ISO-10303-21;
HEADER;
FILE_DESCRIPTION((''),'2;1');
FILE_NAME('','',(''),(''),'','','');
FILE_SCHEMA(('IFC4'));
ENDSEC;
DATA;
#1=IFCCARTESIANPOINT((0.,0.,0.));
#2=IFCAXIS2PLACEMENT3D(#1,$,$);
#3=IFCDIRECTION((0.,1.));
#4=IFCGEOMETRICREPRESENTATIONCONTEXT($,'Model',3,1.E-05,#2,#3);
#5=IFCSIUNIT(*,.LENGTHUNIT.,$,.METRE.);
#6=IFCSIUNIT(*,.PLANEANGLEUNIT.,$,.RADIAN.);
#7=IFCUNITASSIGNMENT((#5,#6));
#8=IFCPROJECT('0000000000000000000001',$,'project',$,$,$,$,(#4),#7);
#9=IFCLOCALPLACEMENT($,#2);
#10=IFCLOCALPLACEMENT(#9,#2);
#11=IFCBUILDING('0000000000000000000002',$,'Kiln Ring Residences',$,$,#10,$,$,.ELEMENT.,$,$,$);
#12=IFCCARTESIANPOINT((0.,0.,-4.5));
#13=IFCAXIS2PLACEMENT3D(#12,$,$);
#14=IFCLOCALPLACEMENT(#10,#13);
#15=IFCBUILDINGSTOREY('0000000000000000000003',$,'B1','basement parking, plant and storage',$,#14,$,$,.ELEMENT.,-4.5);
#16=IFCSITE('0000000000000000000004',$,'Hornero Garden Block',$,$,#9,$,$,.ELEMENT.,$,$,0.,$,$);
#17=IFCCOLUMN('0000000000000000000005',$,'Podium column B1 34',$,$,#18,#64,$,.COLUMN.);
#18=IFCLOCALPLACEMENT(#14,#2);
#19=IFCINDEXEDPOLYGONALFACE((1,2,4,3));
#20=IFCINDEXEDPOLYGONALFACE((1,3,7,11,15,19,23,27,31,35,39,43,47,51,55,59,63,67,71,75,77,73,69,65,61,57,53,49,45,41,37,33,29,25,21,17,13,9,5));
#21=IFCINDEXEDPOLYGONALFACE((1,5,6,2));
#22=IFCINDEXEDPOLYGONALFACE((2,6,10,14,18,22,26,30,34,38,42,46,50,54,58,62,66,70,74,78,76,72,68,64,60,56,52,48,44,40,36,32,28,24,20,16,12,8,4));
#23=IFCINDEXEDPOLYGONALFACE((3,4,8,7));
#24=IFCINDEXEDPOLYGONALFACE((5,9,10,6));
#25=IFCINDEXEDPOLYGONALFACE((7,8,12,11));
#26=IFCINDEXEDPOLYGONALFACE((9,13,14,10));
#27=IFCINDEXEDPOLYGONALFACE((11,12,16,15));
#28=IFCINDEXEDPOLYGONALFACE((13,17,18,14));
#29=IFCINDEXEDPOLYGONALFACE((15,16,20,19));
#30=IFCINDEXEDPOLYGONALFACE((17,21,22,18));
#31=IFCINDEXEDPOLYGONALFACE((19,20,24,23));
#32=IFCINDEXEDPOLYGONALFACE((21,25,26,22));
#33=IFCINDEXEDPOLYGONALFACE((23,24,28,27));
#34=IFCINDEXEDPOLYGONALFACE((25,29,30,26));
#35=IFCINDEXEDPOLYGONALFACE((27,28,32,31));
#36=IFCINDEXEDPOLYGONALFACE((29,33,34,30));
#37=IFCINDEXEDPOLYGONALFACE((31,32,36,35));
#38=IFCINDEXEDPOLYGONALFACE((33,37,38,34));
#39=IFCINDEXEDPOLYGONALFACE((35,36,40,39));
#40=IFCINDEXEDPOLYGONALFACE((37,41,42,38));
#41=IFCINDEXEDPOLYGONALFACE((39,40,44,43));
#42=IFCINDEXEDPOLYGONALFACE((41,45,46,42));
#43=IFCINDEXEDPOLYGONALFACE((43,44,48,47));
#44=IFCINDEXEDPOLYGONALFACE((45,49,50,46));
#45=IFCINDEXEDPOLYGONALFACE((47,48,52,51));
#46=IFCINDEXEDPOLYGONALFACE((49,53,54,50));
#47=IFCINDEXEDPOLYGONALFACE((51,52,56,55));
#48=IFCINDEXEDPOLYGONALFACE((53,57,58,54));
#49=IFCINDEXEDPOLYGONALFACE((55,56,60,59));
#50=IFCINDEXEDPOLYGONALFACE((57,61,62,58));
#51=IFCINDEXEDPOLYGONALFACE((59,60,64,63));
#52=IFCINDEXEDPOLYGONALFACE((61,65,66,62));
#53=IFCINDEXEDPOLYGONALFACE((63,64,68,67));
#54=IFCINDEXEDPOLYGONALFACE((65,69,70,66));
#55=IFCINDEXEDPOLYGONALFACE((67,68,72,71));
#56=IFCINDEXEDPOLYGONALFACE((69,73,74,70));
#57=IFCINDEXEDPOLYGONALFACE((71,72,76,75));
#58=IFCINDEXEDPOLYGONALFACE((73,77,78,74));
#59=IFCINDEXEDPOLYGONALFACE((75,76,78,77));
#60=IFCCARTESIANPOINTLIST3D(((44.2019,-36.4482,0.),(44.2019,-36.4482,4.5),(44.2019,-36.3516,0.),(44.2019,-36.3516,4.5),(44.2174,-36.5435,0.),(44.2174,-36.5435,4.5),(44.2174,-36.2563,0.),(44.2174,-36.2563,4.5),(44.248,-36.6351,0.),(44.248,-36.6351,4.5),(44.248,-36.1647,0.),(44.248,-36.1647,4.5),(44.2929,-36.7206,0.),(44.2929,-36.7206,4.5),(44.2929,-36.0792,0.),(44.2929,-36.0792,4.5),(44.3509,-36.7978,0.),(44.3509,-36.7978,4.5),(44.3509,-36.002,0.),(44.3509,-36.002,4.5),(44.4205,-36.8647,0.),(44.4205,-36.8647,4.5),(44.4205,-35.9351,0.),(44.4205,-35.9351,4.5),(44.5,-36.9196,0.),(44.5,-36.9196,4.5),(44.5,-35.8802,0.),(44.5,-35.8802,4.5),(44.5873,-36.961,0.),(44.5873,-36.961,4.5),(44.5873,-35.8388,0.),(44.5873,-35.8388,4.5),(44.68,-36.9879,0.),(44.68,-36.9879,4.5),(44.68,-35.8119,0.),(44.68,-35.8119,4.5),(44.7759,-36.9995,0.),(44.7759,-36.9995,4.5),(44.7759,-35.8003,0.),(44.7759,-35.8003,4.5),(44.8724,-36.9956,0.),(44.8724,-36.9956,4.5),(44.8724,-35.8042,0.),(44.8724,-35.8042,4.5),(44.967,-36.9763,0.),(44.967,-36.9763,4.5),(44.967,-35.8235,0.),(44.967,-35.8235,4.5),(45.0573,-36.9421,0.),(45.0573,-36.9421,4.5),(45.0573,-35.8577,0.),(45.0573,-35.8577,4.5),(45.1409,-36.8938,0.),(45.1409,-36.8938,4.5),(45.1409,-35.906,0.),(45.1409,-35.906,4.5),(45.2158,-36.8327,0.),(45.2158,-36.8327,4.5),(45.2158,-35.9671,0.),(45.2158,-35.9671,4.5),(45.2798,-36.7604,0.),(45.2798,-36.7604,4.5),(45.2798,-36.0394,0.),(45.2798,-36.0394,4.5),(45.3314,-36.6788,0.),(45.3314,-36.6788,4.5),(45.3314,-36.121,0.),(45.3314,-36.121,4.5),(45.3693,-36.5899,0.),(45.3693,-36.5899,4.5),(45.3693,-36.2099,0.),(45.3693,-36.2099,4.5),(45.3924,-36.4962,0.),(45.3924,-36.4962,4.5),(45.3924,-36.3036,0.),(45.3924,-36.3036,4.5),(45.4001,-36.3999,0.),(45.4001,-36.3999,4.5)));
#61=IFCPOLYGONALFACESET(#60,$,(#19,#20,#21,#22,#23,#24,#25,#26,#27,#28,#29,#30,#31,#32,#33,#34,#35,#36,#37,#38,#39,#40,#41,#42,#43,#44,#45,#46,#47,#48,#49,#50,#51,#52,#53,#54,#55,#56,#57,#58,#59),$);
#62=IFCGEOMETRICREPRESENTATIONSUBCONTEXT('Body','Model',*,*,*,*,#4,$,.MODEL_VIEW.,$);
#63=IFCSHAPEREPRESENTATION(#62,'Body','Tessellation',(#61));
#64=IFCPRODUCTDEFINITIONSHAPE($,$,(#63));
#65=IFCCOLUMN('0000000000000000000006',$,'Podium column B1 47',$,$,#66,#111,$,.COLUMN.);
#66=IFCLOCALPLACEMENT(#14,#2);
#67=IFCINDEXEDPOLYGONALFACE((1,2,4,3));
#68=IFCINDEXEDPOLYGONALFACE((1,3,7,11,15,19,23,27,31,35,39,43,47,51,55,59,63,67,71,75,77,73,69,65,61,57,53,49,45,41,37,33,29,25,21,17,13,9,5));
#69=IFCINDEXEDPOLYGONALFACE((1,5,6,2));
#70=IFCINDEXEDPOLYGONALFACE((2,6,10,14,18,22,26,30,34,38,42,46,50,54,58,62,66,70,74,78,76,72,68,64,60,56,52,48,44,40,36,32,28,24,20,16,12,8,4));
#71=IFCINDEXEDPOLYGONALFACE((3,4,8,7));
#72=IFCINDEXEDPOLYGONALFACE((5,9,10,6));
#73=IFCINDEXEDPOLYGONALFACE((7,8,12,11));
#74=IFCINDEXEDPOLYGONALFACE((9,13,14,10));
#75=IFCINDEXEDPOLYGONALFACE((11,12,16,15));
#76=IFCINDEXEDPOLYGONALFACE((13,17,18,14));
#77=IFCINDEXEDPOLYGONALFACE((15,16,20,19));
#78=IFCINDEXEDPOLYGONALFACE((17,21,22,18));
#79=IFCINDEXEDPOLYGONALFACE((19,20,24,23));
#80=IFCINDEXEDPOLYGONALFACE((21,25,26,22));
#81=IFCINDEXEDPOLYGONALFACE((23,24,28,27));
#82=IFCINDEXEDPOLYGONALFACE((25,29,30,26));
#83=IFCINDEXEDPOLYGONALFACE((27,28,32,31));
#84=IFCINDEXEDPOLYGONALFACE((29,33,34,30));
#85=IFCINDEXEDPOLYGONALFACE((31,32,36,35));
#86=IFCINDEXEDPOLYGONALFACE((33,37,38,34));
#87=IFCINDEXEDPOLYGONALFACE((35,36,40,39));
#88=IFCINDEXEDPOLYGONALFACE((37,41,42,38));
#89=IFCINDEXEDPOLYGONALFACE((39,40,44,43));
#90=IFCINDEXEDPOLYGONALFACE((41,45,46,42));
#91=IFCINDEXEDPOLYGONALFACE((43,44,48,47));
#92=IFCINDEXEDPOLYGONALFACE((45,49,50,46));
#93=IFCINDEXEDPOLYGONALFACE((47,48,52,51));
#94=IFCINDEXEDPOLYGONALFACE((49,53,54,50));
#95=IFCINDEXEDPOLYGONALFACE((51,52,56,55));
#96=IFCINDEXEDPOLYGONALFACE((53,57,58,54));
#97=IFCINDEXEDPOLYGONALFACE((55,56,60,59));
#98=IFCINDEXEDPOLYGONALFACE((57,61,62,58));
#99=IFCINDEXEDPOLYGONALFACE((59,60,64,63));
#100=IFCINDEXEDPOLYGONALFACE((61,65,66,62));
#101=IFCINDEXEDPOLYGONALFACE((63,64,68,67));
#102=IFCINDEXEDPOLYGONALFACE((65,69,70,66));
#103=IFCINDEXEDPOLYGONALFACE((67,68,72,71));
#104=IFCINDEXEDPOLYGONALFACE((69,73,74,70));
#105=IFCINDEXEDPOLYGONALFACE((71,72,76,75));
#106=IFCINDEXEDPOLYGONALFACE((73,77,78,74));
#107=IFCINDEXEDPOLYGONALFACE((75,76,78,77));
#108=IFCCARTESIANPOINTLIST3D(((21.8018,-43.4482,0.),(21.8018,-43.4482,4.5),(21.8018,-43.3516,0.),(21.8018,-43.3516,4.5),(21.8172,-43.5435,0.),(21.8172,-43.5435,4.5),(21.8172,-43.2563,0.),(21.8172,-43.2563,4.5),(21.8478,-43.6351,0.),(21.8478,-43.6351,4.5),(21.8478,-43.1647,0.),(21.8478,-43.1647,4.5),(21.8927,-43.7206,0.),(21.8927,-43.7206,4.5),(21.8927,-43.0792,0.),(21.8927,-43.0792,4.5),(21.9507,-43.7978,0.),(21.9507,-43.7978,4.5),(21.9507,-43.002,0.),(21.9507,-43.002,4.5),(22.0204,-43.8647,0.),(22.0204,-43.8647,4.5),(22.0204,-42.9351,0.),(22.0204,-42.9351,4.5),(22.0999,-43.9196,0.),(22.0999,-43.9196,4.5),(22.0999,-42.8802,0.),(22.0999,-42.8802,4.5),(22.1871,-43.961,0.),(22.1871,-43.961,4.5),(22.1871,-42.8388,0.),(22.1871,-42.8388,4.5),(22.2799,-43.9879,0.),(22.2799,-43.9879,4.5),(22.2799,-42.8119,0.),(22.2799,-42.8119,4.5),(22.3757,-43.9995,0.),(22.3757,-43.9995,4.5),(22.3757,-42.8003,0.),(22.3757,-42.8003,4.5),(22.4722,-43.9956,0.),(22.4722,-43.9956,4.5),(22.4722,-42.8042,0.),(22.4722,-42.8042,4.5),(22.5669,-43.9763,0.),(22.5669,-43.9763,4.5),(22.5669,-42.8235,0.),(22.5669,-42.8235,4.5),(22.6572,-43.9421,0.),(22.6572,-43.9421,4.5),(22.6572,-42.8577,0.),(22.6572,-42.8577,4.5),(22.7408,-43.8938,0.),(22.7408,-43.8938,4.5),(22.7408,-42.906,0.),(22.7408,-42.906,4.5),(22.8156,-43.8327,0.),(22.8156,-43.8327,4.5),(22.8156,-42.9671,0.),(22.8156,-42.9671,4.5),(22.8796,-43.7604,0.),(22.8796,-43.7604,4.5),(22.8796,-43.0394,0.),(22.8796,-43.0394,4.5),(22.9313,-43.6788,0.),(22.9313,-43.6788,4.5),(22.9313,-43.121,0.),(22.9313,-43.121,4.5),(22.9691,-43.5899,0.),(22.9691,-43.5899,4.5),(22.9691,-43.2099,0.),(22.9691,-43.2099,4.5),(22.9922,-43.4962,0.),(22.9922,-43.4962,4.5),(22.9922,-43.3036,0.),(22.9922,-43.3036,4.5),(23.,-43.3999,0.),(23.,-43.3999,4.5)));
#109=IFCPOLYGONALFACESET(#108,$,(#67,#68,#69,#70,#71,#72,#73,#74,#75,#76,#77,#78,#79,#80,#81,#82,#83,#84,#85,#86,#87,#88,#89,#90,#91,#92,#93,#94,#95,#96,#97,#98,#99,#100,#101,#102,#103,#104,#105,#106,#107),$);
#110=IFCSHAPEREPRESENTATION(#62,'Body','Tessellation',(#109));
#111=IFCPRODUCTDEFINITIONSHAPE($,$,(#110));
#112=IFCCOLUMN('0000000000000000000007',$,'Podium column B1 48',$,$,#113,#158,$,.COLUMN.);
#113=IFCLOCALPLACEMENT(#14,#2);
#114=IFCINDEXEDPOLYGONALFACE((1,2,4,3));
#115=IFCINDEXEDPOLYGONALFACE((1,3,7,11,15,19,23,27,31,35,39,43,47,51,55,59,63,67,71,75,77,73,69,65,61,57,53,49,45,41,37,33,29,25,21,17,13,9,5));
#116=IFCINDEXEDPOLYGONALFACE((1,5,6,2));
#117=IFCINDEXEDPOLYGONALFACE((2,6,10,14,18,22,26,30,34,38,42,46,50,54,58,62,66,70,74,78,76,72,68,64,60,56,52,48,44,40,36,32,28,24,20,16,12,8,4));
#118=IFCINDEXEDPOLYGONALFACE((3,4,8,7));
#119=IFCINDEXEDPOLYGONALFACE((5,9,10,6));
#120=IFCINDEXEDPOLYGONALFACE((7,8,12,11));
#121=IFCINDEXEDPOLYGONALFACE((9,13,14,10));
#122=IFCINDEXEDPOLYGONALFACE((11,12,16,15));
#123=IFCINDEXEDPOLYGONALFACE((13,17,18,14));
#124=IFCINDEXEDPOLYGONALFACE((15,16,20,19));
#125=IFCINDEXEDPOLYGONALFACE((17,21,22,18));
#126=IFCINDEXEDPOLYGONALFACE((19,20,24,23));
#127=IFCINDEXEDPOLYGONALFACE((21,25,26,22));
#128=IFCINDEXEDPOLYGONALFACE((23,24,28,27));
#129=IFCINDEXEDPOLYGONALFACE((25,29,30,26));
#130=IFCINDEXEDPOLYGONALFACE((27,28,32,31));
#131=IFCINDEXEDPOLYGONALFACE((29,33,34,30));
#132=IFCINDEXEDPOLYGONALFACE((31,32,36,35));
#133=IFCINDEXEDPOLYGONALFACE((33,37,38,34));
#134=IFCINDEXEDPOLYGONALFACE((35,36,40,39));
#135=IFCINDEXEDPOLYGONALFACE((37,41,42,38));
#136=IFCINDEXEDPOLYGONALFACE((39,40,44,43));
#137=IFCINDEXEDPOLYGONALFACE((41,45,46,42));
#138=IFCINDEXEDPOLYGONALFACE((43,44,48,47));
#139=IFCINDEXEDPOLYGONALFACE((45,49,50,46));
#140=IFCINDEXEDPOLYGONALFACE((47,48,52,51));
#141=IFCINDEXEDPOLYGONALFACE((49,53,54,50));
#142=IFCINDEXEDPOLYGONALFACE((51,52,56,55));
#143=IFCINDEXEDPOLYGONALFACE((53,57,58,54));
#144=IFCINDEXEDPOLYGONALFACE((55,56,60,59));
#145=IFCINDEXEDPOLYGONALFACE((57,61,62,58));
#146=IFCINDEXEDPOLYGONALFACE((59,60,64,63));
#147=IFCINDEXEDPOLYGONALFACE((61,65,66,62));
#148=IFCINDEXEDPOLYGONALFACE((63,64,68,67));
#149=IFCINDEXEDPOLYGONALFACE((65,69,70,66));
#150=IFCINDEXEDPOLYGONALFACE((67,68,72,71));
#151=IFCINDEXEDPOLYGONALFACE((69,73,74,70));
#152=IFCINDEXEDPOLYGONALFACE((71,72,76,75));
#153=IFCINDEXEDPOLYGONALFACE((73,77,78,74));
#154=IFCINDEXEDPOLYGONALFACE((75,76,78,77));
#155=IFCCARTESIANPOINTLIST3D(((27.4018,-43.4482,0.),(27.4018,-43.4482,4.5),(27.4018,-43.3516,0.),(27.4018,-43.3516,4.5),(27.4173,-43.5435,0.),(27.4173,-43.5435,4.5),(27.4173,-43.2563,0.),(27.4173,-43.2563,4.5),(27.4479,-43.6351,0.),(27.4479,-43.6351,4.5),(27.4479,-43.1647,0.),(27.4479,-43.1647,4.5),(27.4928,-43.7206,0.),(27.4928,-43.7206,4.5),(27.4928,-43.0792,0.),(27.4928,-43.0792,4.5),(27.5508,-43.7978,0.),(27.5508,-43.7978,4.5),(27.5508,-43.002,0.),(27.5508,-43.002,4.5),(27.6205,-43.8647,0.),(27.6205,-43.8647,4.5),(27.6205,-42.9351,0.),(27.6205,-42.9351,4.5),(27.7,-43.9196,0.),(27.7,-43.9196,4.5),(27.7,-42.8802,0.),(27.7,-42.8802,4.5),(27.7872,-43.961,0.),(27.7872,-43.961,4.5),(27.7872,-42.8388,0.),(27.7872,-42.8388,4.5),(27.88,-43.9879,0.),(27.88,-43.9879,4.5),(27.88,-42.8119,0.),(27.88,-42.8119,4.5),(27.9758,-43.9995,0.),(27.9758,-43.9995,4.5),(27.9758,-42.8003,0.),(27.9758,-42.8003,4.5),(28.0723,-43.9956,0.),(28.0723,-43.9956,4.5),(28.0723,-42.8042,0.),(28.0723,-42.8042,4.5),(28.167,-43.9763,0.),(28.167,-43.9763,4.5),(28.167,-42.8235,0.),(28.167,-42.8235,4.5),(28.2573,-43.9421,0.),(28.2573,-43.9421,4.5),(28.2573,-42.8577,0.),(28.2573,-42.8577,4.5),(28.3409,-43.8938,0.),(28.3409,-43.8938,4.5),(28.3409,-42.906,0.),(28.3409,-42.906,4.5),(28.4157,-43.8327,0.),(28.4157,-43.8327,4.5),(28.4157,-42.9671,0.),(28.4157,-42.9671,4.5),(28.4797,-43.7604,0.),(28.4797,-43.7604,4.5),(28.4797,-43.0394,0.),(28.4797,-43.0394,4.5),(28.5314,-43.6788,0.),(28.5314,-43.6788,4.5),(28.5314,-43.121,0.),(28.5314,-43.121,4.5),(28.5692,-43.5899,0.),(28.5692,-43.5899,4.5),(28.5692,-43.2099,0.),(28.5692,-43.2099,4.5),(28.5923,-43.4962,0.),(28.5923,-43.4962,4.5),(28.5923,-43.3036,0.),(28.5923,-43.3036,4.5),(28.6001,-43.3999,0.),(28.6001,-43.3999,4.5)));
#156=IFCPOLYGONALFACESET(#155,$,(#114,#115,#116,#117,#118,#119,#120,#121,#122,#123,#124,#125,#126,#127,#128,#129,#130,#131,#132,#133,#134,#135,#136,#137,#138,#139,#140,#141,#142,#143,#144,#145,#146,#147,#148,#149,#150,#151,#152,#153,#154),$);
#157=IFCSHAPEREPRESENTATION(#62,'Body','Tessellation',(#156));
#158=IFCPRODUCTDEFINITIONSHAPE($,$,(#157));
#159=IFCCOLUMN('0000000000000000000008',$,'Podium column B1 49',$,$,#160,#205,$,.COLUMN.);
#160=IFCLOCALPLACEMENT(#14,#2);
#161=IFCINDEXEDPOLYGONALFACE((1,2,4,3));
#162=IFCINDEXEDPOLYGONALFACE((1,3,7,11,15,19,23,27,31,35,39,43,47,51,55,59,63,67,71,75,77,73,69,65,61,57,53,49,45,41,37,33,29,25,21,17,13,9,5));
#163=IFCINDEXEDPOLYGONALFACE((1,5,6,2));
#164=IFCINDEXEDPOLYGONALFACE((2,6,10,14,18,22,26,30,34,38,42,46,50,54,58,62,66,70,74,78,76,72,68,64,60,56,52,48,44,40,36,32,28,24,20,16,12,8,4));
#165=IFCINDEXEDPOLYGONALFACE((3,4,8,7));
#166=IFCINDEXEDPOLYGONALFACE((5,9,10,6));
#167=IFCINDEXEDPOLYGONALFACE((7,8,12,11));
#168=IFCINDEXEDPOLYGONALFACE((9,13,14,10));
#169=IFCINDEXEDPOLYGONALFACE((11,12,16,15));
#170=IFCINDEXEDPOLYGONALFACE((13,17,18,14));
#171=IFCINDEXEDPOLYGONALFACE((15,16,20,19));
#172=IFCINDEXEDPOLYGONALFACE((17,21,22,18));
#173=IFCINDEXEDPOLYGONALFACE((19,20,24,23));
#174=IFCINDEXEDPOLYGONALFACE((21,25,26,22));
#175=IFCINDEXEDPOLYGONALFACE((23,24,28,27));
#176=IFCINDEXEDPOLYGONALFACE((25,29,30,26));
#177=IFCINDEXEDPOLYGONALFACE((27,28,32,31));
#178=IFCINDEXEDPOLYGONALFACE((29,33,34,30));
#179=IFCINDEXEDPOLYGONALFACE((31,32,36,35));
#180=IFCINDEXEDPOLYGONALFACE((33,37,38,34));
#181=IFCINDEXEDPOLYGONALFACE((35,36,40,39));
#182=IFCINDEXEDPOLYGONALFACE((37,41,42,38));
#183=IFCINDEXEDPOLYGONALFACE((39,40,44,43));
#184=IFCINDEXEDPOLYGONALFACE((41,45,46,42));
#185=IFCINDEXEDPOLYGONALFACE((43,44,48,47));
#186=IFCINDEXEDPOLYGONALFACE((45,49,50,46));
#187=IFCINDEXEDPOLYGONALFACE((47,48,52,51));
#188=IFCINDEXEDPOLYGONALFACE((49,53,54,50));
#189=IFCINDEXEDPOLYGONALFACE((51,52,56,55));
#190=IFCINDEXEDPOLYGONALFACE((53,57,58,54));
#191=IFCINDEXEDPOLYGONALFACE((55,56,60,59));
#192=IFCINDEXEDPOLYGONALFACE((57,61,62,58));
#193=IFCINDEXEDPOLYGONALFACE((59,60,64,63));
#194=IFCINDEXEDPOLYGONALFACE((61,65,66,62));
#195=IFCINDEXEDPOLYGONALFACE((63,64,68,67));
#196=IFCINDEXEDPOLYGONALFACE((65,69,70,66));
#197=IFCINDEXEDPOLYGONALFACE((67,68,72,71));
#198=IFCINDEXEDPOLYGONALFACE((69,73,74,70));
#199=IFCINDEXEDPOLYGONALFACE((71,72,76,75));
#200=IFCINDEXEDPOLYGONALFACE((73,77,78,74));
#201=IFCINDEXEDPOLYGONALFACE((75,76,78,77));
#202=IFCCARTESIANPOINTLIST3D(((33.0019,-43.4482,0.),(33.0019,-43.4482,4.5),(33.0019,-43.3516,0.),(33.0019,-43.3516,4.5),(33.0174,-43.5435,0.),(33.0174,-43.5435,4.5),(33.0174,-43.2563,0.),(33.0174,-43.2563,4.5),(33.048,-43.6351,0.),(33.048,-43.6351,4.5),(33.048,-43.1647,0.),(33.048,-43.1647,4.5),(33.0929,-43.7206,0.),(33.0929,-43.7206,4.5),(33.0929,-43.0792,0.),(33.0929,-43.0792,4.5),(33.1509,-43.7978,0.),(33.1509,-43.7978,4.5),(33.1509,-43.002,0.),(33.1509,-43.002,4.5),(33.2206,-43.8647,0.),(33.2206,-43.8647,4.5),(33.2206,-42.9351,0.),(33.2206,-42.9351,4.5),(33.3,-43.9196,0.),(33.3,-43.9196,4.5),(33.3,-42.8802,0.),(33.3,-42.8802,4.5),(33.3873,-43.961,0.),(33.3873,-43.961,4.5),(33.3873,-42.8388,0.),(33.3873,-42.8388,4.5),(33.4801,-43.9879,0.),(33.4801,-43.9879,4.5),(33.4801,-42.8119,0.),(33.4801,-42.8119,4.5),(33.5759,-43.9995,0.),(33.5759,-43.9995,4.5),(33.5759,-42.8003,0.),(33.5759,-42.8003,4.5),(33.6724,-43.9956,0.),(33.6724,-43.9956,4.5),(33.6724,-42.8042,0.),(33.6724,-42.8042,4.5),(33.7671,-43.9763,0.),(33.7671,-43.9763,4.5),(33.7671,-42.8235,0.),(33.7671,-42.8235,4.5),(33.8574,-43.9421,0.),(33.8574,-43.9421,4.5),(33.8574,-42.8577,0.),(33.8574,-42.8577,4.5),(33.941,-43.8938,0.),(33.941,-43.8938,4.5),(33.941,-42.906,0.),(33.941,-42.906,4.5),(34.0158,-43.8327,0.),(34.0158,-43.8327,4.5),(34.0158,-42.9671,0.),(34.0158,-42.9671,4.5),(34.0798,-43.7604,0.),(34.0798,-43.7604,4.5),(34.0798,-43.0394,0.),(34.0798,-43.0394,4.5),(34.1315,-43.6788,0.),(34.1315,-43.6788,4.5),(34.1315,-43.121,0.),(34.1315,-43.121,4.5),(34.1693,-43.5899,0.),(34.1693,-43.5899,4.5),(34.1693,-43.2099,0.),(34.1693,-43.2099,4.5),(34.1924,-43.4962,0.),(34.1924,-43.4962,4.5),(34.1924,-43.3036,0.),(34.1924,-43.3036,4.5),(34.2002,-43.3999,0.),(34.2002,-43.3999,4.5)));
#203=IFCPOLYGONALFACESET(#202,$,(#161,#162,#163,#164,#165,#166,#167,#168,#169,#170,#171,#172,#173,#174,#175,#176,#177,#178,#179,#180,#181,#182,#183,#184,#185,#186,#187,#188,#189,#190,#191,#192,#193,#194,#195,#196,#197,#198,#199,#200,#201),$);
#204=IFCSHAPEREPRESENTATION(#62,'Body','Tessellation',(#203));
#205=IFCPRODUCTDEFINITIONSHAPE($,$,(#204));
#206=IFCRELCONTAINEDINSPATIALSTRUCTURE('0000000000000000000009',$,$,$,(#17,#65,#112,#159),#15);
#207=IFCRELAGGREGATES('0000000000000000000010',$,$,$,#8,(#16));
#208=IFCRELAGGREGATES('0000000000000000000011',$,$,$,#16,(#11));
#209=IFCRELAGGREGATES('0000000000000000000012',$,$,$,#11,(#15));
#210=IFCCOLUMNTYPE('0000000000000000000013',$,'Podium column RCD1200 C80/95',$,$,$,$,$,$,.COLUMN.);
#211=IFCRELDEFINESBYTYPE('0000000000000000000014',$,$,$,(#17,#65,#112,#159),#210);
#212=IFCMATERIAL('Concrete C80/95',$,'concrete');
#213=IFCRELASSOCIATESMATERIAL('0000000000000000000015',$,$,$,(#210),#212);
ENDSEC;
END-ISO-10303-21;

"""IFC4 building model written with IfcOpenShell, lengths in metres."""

from ifc_helpers import new_model, si_unit, direction, frame, origin, origin_2d, place, context, subcontext, project, spatial, circle, extrude, material, material_profile, profile_set, type_object, element, save


model = new_model("IFC4")

# Units and contexts
model_context = context("Model", 3, precision=1e-05, world=origin(), true_north=direction((0.0, 1.0)))
body_context = subcontext(model_context, "Body", "Model", "MODEL_VIEW")
ifc_project = project(units=[si_unit("LENGTHUNIT", "METRE"), si_unit("PLANEANGLEUNIT", "RADIAN")], contexts=[model_context])

# Site, building, storey
site_placement = place(None, origin())
site = spatial("IfcSite", under=ifc_project, at=site_placement, Name="Hornero Garden Block", CompositionType="ELEMENT", RefElevation=0.0)
building_placement = place(site_placement, origin())
building = spatial("IfcBuilding", under=site, at=building_placement, Name="Kiln Ring Residences", CompositionType="ELEMENT")
storey_placement = place(building_placement, frame((0.0, 0.0, -4.5)))
storey = spatial("IfcBuildingStorey", under=building, at=storey_placement, Name="B1", Description="basement parking, plant and storage", CompositionType="ELEMENT", Elevation=-4.5)

# Columns
ifc_material_1 = material(Name="Concrete C80/95", Category="concrete")
ifc_material_profile_1 = material_profile(ifc_material_1, circle(Radius=0.6001, at=origin_2d()), Name="RCD1200")
ifc_profile_set_1 = profile_set([ifc_material_profile_1], Name="Concrete C80/95")
column_type = type_object("IfcColumnType", Name="Podium column RCD1200 C80/95", PredefinedType="COLUMN", material=ifc_profile_set_1)
for number, where, z_axis, x_axis, name in (
    (1, (44.8, -36.3999, 0.0), (0.0, 0.0, 1.0), (1.0, 0.0, 0.0), "Podium column B1 34"),
    (2, (22.3999, -43.3999, 0.0), (0.0, 0.0, 1.0), (1.0, 0.0, 0.0), "Podium column B1 47"),
    (3, (28.0, -43.3999, 0.0), (0.0, 0.0, 1.0), (1.0, 0.0, 0.0), "Podium column B1 48"),
    (4, (33.6001, -43.3999, 0.0), (0.0, 0.0, 1.0), (1.0, 0.0, 0.0), "Podium column B1 49"),
):
    element("IfcColumn", number, at=place(storey_placement, frame(where, z_axis=z_axis, x_axis=x_axis)), inside=storey, type_object=column_type, Name=name, PredefinedType="COLUMN", context=body_context, shape_type="SweptSolid", body=[
        extrude(circle(Radius=0.6001, at=origin_2d()), origin(), (0.0, 0.0, 1.0), 4.5),
    ])

save(model, "model.ifc")
